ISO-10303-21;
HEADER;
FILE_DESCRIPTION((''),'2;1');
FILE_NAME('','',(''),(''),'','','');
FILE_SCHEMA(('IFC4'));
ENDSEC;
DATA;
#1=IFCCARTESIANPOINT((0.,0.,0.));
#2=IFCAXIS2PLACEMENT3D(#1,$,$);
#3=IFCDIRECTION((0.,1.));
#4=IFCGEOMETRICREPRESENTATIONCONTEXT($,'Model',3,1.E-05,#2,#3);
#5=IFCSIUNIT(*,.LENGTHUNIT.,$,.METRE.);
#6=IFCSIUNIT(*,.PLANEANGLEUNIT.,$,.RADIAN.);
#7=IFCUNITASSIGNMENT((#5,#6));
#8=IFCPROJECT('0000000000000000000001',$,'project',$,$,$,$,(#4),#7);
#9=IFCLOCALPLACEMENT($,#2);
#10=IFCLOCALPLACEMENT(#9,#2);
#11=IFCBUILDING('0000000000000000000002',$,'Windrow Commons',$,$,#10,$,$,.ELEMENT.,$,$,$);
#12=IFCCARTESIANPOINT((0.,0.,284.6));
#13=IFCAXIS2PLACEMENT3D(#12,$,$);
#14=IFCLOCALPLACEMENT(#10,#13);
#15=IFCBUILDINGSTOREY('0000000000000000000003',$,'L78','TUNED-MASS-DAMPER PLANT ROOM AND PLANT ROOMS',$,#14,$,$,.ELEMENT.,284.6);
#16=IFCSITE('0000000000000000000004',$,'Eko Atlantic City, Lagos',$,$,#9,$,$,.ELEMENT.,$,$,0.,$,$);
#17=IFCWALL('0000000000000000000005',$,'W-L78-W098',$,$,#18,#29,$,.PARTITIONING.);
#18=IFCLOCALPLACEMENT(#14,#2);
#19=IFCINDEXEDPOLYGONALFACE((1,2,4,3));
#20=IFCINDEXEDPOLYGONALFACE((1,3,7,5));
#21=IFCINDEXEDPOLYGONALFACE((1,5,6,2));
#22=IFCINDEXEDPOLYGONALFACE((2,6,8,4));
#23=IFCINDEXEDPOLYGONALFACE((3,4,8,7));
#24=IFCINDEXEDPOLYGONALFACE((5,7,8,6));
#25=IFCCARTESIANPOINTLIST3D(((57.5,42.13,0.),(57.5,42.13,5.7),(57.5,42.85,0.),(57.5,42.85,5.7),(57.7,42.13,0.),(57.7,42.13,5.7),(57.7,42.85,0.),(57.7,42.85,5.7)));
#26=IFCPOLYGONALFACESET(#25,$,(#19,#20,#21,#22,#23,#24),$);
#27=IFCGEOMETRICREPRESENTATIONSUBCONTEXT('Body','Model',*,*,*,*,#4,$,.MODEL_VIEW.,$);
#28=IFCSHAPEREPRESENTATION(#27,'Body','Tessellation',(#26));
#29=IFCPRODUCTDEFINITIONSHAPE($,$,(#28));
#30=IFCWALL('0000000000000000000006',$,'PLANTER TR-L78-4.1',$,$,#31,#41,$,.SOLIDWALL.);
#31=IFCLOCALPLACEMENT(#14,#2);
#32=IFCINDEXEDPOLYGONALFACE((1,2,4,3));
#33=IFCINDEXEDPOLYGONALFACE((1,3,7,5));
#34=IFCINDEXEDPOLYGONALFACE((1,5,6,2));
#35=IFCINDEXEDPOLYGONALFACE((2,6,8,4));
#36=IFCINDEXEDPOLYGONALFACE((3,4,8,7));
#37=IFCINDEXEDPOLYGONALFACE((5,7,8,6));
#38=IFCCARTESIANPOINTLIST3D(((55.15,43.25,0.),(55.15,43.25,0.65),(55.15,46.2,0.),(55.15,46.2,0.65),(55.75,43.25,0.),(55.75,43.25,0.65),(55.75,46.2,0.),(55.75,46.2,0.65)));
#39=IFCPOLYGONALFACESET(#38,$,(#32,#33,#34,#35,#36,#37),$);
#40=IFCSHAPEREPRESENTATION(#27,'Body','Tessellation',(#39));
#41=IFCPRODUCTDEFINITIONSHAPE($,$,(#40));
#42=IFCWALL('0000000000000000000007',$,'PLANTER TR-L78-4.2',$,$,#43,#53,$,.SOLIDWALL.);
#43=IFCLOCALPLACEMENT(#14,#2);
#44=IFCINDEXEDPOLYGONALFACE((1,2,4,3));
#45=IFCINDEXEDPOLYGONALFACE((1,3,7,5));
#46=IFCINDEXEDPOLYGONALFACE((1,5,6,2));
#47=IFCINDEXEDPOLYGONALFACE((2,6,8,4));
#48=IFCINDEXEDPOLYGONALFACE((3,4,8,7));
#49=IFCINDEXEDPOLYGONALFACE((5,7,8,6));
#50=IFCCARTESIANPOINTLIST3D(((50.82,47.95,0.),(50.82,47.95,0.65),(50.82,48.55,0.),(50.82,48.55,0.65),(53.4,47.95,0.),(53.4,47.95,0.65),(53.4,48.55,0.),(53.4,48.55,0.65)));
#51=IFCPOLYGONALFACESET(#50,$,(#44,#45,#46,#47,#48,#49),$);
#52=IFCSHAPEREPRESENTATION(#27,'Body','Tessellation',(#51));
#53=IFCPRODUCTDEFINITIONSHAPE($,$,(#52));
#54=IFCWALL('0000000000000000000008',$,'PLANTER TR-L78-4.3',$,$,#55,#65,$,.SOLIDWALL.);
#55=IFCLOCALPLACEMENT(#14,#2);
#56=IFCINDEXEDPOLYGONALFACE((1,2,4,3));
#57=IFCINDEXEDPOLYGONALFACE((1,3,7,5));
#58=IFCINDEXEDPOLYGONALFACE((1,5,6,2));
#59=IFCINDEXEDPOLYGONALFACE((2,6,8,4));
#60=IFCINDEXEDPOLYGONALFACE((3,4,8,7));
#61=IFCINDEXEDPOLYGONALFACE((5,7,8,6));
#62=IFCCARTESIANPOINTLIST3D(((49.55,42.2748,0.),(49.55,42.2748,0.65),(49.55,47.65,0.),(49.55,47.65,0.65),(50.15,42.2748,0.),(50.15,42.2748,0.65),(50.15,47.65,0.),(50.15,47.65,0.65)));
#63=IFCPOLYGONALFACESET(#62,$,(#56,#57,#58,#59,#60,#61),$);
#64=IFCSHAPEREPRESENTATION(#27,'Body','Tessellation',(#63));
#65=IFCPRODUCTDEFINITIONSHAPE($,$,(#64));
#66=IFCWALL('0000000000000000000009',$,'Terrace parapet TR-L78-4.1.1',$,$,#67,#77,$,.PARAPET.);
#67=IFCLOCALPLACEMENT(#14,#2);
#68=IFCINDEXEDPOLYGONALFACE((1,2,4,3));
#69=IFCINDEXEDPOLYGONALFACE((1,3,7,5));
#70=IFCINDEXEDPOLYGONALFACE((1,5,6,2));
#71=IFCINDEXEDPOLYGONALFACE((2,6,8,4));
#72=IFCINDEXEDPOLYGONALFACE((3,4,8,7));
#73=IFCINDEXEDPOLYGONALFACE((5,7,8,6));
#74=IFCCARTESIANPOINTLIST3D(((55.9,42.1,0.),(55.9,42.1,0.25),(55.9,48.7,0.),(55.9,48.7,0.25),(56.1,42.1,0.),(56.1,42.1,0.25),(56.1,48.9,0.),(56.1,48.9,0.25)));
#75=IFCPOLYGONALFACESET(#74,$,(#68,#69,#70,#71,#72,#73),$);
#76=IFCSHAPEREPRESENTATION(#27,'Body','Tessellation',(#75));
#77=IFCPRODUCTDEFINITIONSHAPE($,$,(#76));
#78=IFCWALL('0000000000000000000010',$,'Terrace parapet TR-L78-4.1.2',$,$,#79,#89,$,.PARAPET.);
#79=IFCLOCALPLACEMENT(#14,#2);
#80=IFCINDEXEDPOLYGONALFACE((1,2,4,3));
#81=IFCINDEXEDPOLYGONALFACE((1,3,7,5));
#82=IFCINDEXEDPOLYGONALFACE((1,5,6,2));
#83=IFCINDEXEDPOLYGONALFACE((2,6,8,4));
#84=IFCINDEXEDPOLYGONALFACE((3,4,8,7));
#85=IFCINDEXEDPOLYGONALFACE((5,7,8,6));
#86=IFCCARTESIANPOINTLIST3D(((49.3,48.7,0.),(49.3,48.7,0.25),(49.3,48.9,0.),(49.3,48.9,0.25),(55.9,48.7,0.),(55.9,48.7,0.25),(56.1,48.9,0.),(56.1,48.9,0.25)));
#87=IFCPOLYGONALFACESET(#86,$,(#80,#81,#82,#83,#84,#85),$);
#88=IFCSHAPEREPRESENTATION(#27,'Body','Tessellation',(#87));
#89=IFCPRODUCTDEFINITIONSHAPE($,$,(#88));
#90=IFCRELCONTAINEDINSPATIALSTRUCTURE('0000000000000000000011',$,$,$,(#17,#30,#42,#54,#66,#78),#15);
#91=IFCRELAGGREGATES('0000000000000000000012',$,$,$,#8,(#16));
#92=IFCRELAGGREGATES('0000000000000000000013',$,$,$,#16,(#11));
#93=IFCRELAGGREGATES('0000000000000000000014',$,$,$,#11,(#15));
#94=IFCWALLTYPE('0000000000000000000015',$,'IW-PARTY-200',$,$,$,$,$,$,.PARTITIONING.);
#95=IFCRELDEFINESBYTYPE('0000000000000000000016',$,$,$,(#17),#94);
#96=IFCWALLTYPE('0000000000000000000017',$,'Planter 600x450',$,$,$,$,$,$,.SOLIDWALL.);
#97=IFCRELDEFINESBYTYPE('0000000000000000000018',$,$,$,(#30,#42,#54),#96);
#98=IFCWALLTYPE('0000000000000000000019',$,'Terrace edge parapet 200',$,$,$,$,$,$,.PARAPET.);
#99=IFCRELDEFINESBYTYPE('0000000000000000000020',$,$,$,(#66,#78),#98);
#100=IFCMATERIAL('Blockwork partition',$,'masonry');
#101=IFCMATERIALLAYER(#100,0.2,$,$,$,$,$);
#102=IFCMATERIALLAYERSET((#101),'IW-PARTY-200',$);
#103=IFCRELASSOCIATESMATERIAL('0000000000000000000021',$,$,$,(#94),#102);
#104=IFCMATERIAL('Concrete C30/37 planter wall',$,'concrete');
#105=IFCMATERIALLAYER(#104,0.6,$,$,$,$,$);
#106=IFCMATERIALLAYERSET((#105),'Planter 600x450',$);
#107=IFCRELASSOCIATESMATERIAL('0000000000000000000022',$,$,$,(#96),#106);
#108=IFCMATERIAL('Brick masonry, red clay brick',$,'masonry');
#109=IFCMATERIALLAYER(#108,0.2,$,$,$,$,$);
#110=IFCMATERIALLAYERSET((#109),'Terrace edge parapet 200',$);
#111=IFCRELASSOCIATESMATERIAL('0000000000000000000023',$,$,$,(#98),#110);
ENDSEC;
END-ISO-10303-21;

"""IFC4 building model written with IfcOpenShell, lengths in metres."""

from ifc_helpers import new_model, si_unit, direction, frame, frame_2d, origin, place, context, subcontext, project, spatial, polyline, rectangle, outline, extrude, material, layer, layer_set, type_object, element, save


model = new_model("IFC4")

# Units and contexts
model_context = context("Model", 3, precision=1e-05, world=origin(), true_north=direction((0.0, 1.0)))
body_context = subcontext(model_context, "Body", "Model", "MODEL_VIEW")
ifc_project = project(units=[si_unit("LENGTHUNIT", "METRE"), si_unit("PLANEANGLEUNIT", "RADIAN")], contexts=[model_context])

# Site, building, storey
site_placement = place(None, origin())
site = spatial("IfcSite", under=ifc_project, at=site_placement, Name="Eko Atlantic City, Lagos", CompositionType="ELEMENT", RefElevation=0.0)
building_placement = place(site_placement, origin())
building = spatial("IfcBuilding", under=site, at=building_placement, Name="Windrow Commons", CompositionType="ELEMENT")
storey_placement = place(building_placement, frame((0.0, 0.0, 284.6)))
storey = spatial("IfcBuildingStorey", under=building, at=storey_placement, Name="L78", Description="TUNED-MASS-DAMPER PLANT ROOM AND PLANT ROOMS", CompositionType="ELEMENT", Elevation=284.6)

# Walls
ifc_material_1 = material(Name="Blockwork partition", Category="masonry")
ifc_layer_1 = layer(ifc_material_1, 0.2)
ifc_layer_set_1 = layer_set([ifc_layer_1], Name="IW-PARTY-200")
wall_type_1 = type_object("IfcWallType", Name="IW-PARTY-200", PredefinedType="PARTITIONING", material=ifc_layer_set_1)
for number, where, z_axis, x_axis, name in (
    (1, (57.6, 42.13, 0.0), (0.0, 0.0, 1.0), (0.0, 1.0, 0.0), "W-L78-W098"),
):
    element("IfcWall", number, at=place(storey_placement, frame(where, z_axis=z_axis, x_axis=x_axis)), inside=storey, type_object=wall_type_1, Name=name, PredefinedType="PARTITIONING", context=body_context, shape_type="SweptSolid", body=[
        extrude(rectangle(XDim=0.72, YDim=0.2, at=frame_2d((0.36, 0.0))), origin(), (0.0, 0.0, 1.0), 5.7),
    ])
ifc_material_2 = material(Name="Concrete C30/37 planter wall", Category="concrete")
ifc_layer_2 = layer(ifc_material_2, 0.6)
ifc_layer_set_2 = layer_set([ifc_layer_2], Name="Planter 600x450")
wall_type_2 = type_object("IfcWallType", Name="Planter 600x450", PredefinedType="SOLIDWALL", material=ifc_layer_set_2)
wall_1_placement = place(storey_placement, frame((55.45, 43.25, 0.0), z_axis=(0.0, 0.0, 1.0), x_axis=(0.0, 1.0, 0.0)))
element("IfcWall", 2, at=wall_1_placement, inside=storey, type_object=wall_type_2, Name="PLANTER TR-L78-4.1", PredefinedType="SOLIDWALL", context=body_context, shape_type="SweptSolid", body=[
    extrude(rectangle(XDim=2.95, YDim=0.6, at=frame_2d((1.475, 0.0))), origin(), (0.0, 0.0, 1.0), 0.65),
])
wall_2_placement = place(storey_placement, frame((53.4, 48.25, 0.0), z_axis=(0.0, 0.0, 1.0), x_axis=(-1.0, 0.0, 0.0)))
element("IfcWall", 3, at=wall_2_placement, inside=storey, type_object=wall_type_2, Name="PLANTER TR-L78-4.2", PredefinedType="SOLIDWALL", context=body_context, shape_type="SweptSolid", body=[
    extrude(rectangle(XDim=2.58, YDim=0.6, at=frame_2d((1.29, 0.0))), origin(), (0.0, 0.0, 1.0), 0.65),
])
wall_3_placement = place(storey_placement, frame((49.85, 47.65, 0.0), z_axis=(0.0, 0.0, 1.0), x_axis=(0.0, -1.0, 0.0)))
element("IfcWall", 4, at=wall_3_placement, inside=storey, type_object=wall_type_2, Name="PLANTER TR-L78-4.3", PredefinedType="SOLIDWALL", context=body_context, shape_type="SweptSolid", body=[
    extrude(rectangle(XDim=5.3752, YDim=0.6, at=frame_2d((2.6876, 0.0))), origin(), (0.0, 0.0, 1.0), 0.65),
])
ifc_material_3 = material(Name="Brick masonry, red clay brick", Category="masonry")
ifc_layer_3 = layer(ifc_material_3, 0.2)
ifc_layer_set_3 = layer_set([ifc_layer_3], Name="Terrace edge parapet 200")
wall_type_3 = type_object("IfcWallType", Name="Terrace edge parapet 200", PredefinedType="PARAPET", material=ifc_layer_set_3)
wall_4_placement = place(storey_placement, frame((56.0, 42.1, 0.0), z_axis=(0.0, 0.0, 1.0), x_axis=(0.0, 1.0, 0.0)))
element("IfcWall", 5, at=wall_4_placement, inside=storey, type_object=wall_type_3, Name="Terrace parapet TR-L78-4.1.1", PredefinedType="PARAPET", context=body_context, shape_type="SweptSolid", body=[
    extrude(outline(polyline([(0.0, -0.1), (6.8, -0.1), (6.6, 0.1), (0.0, 0.1), (0.0, -0.1)])), origin(), (0.0, 0.0, 1.0), 0.25),
])
wall_5_placement = place(storey_placement, frame((56.0, 48.8, 0.0), z_axis=(0.0, 0.0, 1.0), x_axis=(-1.0, 0.0, 0.0)))
element("IfcWall", 6, at=wall_5_placement, inside=storey, type_object=wall_type_3, Name="Terrace parapet TR-L78-4.1.2", PredefinedType="PARAPET", context=body_context, shape_type="SweptSolid", body=[
    extrude(outline(polyline([(-0.1, -0.1), (6.7, -0.1), (6.7, 0.1), (0.1, 0.1), (-0.1, -0.1)])), origin(), (0.0, 0.0, 1.0), 0.25),
])

save(model, "model.ifc")
